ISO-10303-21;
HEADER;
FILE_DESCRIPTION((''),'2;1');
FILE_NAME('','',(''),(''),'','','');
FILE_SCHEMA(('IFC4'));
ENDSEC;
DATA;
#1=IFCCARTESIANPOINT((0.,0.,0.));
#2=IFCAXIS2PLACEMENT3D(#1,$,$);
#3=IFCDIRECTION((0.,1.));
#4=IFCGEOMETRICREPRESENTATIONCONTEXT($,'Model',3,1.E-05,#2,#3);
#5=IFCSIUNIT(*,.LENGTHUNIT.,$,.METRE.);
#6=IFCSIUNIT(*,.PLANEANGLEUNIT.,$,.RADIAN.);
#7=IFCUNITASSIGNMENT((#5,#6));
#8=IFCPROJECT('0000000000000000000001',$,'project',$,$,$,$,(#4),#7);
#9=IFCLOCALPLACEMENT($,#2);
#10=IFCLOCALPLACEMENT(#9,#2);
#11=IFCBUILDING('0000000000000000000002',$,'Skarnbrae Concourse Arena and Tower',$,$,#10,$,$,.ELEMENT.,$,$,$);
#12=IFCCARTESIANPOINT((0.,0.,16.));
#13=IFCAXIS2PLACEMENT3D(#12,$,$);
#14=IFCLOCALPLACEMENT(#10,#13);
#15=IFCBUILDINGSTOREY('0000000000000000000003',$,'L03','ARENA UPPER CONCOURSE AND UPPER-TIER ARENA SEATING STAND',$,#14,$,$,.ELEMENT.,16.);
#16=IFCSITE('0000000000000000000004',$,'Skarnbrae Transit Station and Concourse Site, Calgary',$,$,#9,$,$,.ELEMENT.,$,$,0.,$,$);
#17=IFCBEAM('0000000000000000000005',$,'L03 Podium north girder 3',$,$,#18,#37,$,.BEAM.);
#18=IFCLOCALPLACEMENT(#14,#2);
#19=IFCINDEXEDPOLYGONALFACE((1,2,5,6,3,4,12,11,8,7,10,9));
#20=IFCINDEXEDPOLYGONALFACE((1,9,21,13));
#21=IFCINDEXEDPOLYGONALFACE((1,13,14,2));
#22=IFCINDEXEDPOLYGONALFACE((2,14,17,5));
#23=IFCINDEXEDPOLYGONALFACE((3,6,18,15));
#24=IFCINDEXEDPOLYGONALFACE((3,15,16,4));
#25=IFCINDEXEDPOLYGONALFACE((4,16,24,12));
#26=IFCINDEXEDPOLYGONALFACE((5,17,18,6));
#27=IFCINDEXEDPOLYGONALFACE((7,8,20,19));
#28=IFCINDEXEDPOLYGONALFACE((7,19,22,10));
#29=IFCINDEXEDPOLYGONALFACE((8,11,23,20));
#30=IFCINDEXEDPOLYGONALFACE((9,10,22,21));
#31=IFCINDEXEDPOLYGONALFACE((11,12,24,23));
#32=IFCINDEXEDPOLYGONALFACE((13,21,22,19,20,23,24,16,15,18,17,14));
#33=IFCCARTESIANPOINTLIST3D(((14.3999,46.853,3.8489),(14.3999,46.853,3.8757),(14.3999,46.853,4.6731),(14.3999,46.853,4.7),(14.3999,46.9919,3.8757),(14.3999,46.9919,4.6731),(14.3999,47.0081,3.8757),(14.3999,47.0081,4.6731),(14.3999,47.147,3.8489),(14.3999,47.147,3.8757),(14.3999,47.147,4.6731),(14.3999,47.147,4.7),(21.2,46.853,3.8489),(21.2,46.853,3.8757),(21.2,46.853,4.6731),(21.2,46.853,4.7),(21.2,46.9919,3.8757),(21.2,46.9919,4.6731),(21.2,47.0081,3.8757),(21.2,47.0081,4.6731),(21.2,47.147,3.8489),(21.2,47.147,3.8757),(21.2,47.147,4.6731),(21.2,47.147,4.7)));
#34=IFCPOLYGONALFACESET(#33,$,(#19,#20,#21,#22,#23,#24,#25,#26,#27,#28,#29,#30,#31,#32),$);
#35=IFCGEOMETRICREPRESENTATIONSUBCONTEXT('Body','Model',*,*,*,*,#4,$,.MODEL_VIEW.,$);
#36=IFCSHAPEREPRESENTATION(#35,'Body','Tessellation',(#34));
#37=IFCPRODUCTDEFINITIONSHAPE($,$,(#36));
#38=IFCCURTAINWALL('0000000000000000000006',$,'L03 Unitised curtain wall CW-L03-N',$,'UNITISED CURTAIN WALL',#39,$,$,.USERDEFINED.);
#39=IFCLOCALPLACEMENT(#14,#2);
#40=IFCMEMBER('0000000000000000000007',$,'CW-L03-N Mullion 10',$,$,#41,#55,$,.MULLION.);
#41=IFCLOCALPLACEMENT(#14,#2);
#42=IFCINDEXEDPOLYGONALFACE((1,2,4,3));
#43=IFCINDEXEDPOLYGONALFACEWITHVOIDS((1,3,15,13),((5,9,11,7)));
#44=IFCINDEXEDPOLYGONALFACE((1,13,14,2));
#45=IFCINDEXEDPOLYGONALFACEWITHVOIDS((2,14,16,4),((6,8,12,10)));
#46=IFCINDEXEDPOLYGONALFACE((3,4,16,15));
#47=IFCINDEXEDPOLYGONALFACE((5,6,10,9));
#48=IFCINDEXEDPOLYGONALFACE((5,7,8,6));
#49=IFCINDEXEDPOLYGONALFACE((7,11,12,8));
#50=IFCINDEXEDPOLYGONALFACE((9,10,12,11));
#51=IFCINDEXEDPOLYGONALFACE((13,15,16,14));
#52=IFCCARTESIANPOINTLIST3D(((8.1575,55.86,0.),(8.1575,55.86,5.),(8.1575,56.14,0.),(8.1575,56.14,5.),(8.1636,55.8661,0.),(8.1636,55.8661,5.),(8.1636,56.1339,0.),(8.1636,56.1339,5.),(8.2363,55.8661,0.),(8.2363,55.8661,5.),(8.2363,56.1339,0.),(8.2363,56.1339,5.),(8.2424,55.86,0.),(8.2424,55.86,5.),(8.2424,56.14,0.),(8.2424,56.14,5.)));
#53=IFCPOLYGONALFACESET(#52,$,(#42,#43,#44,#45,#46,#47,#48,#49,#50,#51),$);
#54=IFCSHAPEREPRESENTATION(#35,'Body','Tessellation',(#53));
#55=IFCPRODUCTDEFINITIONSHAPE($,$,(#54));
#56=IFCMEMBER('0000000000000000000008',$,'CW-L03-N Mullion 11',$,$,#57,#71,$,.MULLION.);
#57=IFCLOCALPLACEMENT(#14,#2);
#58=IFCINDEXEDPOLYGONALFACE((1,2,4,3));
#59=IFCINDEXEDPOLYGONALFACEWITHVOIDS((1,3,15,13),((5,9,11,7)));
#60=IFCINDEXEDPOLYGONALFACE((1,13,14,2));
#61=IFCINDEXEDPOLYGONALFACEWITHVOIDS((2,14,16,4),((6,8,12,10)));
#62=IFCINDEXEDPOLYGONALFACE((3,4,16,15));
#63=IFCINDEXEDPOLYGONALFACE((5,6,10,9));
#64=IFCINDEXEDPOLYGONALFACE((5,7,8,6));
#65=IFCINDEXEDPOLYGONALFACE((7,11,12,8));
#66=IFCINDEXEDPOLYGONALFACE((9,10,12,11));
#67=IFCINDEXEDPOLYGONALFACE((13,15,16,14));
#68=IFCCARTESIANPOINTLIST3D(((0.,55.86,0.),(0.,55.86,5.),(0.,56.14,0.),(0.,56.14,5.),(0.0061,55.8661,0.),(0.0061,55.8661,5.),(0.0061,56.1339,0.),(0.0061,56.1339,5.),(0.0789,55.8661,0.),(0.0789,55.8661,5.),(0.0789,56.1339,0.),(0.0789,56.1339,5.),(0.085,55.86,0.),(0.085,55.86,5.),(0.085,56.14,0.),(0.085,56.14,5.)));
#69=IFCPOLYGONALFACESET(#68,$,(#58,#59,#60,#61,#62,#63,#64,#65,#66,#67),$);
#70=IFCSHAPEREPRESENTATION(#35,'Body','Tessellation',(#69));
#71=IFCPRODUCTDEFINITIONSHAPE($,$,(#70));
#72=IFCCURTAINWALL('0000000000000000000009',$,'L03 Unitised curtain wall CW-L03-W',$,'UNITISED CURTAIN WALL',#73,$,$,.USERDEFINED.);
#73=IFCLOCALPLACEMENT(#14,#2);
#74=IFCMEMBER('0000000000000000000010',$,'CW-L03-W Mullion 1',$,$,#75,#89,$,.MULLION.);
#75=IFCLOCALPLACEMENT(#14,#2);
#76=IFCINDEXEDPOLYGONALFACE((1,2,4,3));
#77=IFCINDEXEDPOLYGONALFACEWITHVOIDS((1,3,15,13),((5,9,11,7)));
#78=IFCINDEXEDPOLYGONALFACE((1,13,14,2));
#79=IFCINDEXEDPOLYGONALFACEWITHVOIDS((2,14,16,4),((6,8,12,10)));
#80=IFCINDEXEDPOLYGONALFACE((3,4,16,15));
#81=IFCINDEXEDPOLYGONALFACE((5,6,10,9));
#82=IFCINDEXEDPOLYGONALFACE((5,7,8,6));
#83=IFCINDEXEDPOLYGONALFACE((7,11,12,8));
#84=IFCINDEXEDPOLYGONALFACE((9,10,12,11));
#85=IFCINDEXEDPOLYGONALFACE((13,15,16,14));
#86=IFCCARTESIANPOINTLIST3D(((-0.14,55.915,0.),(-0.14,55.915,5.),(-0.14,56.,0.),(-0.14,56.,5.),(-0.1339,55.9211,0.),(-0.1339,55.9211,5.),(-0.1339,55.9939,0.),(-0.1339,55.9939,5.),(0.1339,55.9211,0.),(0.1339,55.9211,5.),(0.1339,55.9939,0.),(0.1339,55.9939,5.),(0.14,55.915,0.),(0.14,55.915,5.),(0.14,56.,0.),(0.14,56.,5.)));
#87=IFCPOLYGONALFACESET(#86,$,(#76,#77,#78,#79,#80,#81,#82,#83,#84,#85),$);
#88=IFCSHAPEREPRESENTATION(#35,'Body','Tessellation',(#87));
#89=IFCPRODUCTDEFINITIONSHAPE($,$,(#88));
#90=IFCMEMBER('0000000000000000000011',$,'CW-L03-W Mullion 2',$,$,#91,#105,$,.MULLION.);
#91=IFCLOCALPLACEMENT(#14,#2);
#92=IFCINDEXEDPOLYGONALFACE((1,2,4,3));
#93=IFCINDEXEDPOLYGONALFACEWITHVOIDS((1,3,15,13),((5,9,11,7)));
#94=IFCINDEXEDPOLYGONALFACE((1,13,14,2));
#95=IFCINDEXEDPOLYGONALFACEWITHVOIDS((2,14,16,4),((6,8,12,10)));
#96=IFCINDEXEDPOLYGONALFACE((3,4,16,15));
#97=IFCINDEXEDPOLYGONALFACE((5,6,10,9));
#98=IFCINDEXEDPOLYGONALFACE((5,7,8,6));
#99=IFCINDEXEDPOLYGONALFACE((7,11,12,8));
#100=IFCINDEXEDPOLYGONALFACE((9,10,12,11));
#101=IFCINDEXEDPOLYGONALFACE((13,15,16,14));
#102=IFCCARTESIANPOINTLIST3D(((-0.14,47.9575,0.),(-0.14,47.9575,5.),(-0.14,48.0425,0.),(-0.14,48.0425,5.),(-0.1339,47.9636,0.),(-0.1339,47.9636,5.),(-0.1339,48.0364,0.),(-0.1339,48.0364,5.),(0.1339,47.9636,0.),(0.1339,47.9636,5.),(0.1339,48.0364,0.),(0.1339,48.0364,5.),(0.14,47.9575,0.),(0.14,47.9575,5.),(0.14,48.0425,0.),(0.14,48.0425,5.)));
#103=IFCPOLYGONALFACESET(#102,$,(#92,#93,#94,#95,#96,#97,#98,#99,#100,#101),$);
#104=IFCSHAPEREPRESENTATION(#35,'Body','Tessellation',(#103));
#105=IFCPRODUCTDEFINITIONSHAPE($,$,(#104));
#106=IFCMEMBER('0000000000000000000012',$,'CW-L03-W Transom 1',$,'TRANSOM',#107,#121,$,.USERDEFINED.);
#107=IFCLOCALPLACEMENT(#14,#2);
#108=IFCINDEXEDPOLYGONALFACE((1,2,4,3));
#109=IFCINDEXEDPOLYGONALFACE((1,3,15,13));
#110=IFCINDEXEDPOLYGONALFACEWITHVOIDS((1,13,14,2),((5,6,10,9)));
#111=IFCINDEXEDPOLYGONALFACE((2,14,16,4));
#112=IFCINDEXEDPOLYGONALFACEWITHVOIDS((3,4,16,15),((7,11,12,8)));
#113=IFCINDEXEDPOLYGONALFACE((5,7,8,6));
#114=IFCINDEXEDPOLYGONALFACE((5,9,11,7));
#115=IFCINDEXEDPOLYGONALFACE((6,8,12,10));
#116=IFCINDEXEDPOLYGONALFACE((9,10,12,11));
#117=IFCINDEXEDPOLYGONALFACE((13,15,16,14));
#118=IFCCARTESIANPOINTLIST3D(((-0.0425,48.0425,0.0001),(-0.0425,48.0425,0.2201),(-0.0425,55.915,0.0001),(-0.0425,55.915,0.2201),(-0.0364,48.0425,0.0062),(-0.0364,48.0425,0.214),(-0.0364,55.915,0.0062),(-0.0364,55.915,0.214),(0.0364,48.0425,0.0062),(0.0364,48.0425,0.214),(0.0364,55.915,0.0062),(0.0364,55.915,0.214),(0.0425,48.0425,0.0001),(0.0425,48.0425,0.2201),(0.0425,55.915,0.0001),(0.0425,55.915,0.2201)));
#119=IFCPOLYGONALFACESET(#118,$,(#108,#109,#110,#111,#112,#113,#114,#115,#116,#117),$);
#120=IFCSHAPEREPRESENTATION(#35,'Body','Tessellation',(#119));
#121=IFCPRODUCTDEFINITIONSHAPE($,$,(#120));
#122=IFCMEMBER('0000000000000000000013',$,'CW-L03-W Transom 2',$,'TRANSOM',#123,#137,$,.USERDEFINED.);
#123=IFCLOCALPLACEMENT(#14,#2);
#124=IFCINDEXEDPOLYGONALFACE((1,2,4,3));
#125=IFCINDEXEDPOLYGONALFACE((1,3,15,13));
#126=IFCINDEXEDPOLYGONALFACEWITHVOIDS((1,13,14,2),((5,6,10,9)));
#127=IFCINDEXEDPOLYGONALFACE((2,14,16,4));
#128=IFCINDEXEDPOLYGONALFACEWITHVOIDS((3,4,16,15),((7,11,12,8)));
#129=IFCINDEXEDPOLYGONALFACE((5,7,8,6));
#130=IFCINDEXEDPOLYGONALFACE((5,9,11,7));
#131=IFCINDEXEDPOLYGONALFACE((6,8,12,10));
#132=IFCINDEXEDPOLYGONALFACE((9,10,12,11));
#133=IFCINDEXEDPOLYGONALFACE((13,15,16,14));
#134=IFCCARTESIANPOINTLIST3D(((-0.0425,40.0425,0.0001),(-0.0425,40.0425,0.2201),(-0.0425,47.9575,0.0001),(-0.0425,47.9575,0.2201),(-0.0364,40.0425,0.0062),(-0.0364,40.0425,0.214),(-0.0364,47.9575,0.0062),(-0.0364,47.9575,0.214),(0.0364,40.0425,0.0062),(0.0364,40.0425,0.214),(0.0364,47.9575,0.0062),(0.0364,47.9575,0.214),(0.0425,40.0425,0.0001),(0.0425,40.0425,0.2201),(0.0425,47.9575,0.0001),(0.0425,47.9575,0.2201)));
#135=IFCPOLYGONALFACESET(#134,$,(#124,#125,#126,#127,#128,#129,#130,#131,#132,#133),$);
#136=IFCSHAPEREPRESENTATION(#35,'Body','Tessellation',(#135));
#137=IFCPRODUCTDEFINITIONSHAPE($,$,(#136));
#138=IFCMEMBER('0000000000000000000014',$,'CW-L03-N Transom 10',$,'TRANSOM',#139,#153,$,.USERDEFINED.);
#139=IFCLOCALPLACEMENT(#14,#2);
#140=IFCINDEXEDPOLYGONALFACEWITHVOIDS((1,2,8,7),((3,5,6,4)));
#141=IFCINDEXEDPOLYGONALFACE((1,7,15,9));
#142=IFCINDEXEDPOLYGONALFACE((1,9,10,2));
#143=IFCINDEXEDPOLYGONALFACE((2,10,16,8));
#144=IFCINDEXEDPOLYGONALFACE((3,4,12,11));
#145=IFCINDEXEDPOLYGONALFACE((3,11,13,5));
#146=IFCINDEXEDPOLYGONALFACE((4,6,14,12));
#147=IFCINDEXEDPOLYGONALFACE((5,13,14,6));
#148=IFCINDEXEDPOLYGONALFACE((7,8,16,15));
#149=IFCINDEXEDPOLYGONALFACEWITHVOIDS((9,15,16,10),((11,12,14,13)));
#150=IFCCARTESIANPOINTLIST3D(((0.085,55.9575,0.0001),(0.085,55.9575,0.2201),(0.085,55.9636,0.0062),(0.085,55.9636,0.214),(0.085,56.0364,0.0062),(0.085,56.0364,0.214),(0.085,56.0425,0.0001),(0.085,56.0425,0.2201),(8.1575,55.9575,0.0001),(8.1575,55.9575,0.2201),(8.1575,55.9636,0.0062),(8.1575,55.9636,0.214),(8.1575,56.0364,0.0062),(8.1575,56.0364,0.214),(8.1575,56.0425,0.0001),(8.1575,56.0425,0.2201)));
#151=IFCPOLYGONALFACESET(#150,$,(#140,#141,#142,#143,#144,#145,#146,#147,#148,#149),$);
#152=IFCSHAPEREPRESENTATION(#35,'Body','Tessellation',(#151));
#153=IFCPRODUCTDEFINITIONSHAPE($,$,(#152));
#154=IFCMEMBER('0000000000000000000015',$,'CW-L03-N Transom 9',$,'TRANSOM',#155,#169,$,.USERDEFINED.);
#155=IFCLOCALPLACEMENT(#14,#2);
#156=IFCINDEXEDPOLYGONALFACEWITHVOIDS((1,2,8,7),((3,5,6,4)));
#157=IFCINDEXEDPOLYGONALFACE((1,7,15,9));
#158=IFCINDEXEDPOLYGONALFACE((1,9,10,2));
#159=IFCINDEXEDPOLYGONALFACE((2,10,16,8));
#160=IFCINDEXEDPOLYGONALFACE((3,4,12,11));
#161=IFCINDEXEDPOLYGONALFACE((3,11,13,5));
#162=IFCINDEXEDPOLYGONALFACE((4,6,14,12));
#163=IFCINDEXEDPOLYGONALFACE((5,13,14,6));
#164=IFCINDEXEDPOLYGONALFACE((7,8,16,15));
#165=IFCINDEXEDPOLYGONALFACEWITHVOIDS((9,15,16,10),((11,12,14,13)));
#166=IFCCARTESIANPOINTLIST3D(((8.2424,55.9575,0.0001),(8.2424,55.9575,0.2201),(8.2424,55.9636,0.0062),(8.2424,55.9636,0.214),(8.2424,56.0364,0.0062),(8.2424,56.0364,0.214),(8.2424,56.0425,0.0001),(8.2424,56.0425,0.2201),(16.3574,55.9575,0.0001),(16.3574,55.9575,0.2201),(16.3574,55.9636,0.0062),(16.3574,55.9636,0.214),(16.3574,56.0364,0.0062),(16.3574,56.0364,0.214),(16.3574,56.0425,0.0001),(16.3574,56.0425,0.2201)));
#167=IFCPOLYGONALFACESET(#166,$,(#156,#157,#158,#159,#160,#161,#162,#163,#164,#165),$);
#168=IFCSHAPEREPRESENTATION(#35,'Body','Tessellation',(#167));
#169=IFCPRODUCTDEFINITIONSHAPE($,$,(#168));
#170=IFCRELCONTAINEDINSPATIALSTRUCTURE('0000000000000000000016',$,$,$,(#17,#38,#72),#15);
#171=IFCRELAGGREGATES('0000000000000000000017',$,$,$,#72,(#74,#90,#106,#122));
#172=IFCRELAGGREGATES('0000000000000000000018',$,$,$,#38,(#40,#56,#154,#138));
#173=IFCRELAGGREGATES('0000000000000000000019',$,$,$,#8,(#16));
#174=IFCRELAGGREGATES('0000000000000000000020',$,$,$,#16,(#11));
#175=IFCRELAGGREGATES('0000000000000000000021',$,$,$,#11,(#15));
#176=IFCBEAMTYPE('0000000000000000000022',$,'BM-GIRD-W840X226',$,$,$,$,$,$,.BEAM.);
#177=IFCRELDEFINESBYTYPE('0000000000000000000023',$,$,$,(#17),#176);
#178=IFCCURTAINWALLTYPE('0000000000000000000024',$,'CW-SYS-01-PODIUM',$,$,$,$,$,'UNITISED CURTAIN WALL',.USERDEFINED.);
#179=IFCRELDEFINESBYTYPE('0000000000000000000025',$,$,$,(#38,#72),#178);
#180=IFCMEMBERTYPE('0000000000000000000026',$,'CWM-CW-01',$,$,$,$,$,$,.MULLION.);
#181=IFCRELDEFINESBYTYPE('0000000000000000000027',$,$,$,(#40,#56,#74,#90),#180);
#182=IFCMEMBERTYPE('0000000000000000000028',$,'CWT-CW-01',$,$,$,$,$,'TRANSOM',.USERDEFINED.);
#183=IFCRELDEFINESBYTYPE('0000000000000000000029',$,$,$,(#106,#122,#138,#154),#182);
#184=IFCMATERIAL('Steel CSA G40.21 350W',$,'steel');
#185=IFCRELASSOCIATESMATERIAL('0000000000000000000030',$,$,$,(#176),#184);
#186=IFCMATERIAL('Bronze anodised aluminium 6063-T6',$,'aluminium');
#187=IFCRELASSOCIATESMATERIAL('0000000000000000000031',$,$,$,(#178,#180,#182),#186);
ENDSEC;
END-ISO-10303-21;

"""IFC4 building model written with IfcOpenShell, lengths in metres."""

from ifc_helpers import new_model, si_unit, direction, frame, origin, origin_2d, place, context, subcontext, project, spatial, hollow_rectangle, i_section, extrude, source, transform, mapped, material, material_profile, profile_set, type_object, element, aggregate, save


model = new_model("IFC4")

# Units and contexts
model_context = context("Model", 3, precision=1e-05, world=origin(), true_north=direction((0.0, 1.0)))
body_context = subcontext(model_context, "Body", "Model", "MODEL_VIEW")
ifc_project = project(units=[si_unit("LENGTHUNIT", "METRE"), si_unit("PLANEANGLEUNIT", "RADIAN")], contexts=[model_context])

# Site, building, storey
site_placement = place(None, origin())
site = spatial("IfcSite", under=ifc_project, at=site_placement, Name="Skarnbrae Transit Station and Concourse Site, Calgary", CompositionType="ELEMENT", RefElevation=0.0)
building_placement = place(site_placement, origin())
building = spatial("IfcBuilding", under=site, at=building_placement, Name="Skarnbrae Concourse Arena and Tower", CompositionType="ELEMENT")
storey_placement = place(building_placement, frame((0.0, 0.0, 16.0)))
storey = spatial("IfcBuildingStorey", under=building, at=storey_placement, Name="L03", Description="ARENA UPPER CONCOURSE AND UPPER-TIER ARENA SEATING STAND", CompositionType="ELEMENT", Elevation=16.0)

# Beam
ifc_material_1 = material(Name="Steel CSA G40.21 350W", Category="steel")
ifc_material_profile_1 = material_profile(ifc_material_1, i_section(OverallWidth=0.2939, OverallDepth=0.8511, WebThickness=0.0161, FlangeThickness=0.0269, at=origin_2d()), Name="W840X226")
ifc_profile_set_1 = profile_set([ifc_material_profile_1], Name="Steel CSA G40.21 350W")
beam_type_1 = type_object("IfcBeamType", Name="BM-GIRD-W840X226", PredefinedType="BEAM", material=ifc_profile_set_1)
shared_shape_1 = source(origin(), body_context, "Body", "SweptSolid", [
    extrude(i_section(OverallWidth=0.2939, OverallDepth=0.8511, WebThickness=0.0161, FlangeThickness=0.0269, at=origin_2d()), origin(), (0.0, 0.0, 1.0), 6.8),
])
beam_1_placement = place(storey_placement, frame((14.3999, 47.0, 4.2744), z_axis=(1.0, 0.0, 0.0), x_axis=(0.0, 1.0, 0.0)))
element("IfcBeam", 1, at=beam_1_placement, inside=storey, type_object=beam_type_1, Name="L03 Podium north girder 3", PredefinedType="BEAM", context=body_context, shape_type="MappedRepresentation", body=[
    mapped(shared_shape_1, transform((0.0, 0.0, 0.0))),
])

# Curtain walls, members
ifc_material_2 = material(Name="Bronze anodised aluminium 6063-T6", Category="aluminium")
curtain_wall_type = type_object("IfcCurtainWallType", Name="CW-SYS-01-PODIUM", ElementType="UNITISED CURTAIN WALL", PredefinedType="USERDEFINED", material=ifc_material_2)
curtain_wall_1_placement = place(storey_placement, origin())
curtain_wall_1 = element("IfcCurtainWall", 2, at=curtain_wall_1_placement, inside=storey, type_object=curtain_wall_type, Name="L03 Unitised curtain wall CW-L03-N", ObjectType="UNITISED CURTAIN WALL", PredefinedType="USERDEFINED")
ifc_material_profile_2 = material_profile(ifc_material_2, hollow_rectangle(XDim=0.085, YDim=0.28, WallThickness=0.0061, at=origin_2d()), Name="ALU-MULL-85X280")
ifc_profile_set_2 = profile_set([ifc_material_profile_2], Name="Bronze anodised aluminium 6063-T6")
member_type_1 = type_object("IfcMemberType", Name="CWM-CW-01", PredefinedType="MULLION", material=ifc_profile_set_2)
shared_shape_2 = source(origin(), body_context, "Body", "SweptSolid", [
    extrude(hollow_rectangle(XDim=0.085, YDim=0.28, WallThickness=0.0061, at=origin_2d()), origin(), (0.0, 0.0, 1.0), 5.0),
])
member_1_placement = place(storey_placement, frame((8.2, 56.0, 0.0), z_axis=(0.0, 0.0, 1.0), x_axis=(-1.0, 0.0, 0.0)))
member_1 = element("IfcMember", 3, at=member_1_placement, type_object=member_type_1, Name="CW-L03-N Mullion 10", PredefinedType="MULLION", context=body_context, shape_type="MappedRepresentation", body=[
    mapped(shared_shape_2, transform((0.0, 0.0, 0.0))),
])
member_2_placement = place(storey_placement, frame((0.0425, 56.0, 0.0), z_axis=(0.0, 0.0, 1.0), x_axis=(-1.0, 0.0, 0.0)))
member_2 = element("IfcMember", 4, at=member_2_placement, type_object=member_type_1, Name="CW-L03-N Mullion 11", PredefinedType="MULLION", context=body_context, shape_type="MappedRepresentation", body=[
    mapped(shared_shape_2, transform((0.0, 0.0, 0.0))),
])
curtain_wall_2_placement = place(storey_placement, origin())
curtain_wall_2 = element("IfcCurtainWall", 5, at=curtain_wall_2_placement, inside=storey, type_object=curtain_wall_type, Name="L03 Unitised curtain wall CW-L03-W", ObjectType="UNITISED CURTAIN WALL", PredefinedType="USERDEFINED")
member_3_placement = place(storey_placement, frame((0.0, 55.9575, 0.0), z_axis=(0.0, 0.0, 1.0), x_axis=(0.0, -1.0, 0.0)))
member_3 = element("IfcMember", 6, at=member_3_placement, type_object=member_type_1, Name="CW-L03-W Mullion 1", PredefinedType="MULLION", context=body_context, shape_type="MappedRepresentation", body=[
    mapped(shared_shape_2, transform((0.0, 0.0, 0.0))),
])
member_4_placement = place(storey_placement, frame((0.0, 48.0, 0.0), z_axis=(0.0, 0.0, 1.0), x_axis=(0.0, -1.0, 0.0)))
member_4 = element("IfcMember", 7, at=member_4_placement, type_object=member_type_1, Name="CW-L03-W Mullion 2", PredefinedType="MULLION", context=body_context, shape_type="MappedRepresentation", body=[
    mapped(shared_shape_2, transform((0.0, 0.0, 0.0))),
])
ifc_material_profile_3 = material_profile(ifc_material_2, hollow_rectangle(XDim=0.085, YDim=0.22, WallThickness=0.0061, at=origin_2d()), Name="ALU-TRAN-85X220")
ifc_profile_set_3 = profile_set([ifc_material_profile_3], Name="Bronze anodised aluminium 6063-T6")
member_type_2 = type_object("IfcMemberType", Name="CWT-CW-01", ElementType="TRANSOM", PredefinedType="USERDEFINED", material=ifc_profile_set_3)
shared_shape_3 = source(origin(), body_context, "Body", "SweptSolid", [
    extrude(hollow_rectangle(XDim=0.085, YDim=0.22, WallThickness=0.0061, at=origin_2d()), origin(), (0.0, 0.0, 1.0), 7.8726),
])
member_5_placement = place(storey_placement, frame((0.0, 55.915, 0.1101), z_axis=(0.0, -1.0, 0.0), x_axis=(1.0, 0.0, 0.0)))
member_5 = element("IfcMember", 8, at=member_5_placement, type_object=member_type_2, Name="CW-L03-W Transom 1", ObjectType="TRANSOM", PredefinedType="USERDEFINED", context=body_context, shape_type="MappedRepresentation", body=[
    mapped(shared_shape_3, transform((0.0, 0.0, 0.0))),
])
shared_shape_4 = source(origin(), body_context, "Body", "SweptSolid", [
    extrude(hollow_rectangle(XDim=0.085, YDim=0.22, WallThickness=0.0061, at=origin_2d()), origin(), (0.0, 0.0, 1.0), 7.915),
])
member_6_placement = place(storey_placement, frame((0.0, 47.9575, 0.1101), z_axis=(0.0, -1.0, 0.0), x_axis=(1.0, 0.0, 0.0)))
member_6 = element("IfcMember", 9, at=member_6_placement, type_object=member_type_2, Name="CW-L03-W Transom 2", ObjectType="TRANSOM", PredefinedType="USERDEFINED", context=body_context, shape_type="MappedRepresentation", body=[
    mapped(shared_shape_4, transform((0.0, 0.0, 0.0))),
])

# Members
shared_shape_5 = source(origin(), body_context, "Body", "SweptSolid", [
    extrude(hollow_rectangle(XDim=0.085, YDim=0.22, WallThickness=0.0061, at=origin_2d()), origin(), (0.0, 0.0, 1.0), 8.0725),
])
member_7_placement = place(storey_placement, frame((8.1575, 56.0, 0.1101), z_axis=(-1.0, 0.0, 0.0), x_axis=(0.0, -1.0, 0.0)))
member_7 = element("IfcMember", 10, at=member_7_placement, type_object=member_type_2, Name="CW-L03-N Transom 10", ObjectType="TRANSOM", PredefinedType="USERDEFINED", context=body_context, shape_type="MappedRepresentation", body=[
    mapped(shared_shape_5, transform((0.0, 0.0, 0.0))),
])
shared_shape_6 = source(origin(), body_context, "Body", "SweptSolid", [
    extrude(hollow_rectangle(XDim=0.085, YDim=0.22, WallThickness=0.0061, at=origin_2d()), origin(), (0.0, 0.0, 1.0), 8.115),
])
member_8_placement = place(storey_placement, frame((16.3574, 56.0, 0.1101), z_axis=(-1.0, 0.0, 0.0), x_axis=(0.0, -1.0, 0.0)))
member_8 = element("IfcMember", 11, at=member_8_placement, type_object=member_type_2, Name="CW-L03-N Transom 9", ObjectType="TRANSOM", PredefinedType="USERDEFINED", context=body_context, shape_type="MappedRepresentation", body=[
    mapped(shared_shape_6, transform((0.0, 0.0, 0.0))),
])

aggregate(curtain_wall_2, [member_3, member_4, member_5, member_6])
aggregate(curtain_wall_1, [member_1, member_2, member_8, member_7])

save(model, "model.ifc")
